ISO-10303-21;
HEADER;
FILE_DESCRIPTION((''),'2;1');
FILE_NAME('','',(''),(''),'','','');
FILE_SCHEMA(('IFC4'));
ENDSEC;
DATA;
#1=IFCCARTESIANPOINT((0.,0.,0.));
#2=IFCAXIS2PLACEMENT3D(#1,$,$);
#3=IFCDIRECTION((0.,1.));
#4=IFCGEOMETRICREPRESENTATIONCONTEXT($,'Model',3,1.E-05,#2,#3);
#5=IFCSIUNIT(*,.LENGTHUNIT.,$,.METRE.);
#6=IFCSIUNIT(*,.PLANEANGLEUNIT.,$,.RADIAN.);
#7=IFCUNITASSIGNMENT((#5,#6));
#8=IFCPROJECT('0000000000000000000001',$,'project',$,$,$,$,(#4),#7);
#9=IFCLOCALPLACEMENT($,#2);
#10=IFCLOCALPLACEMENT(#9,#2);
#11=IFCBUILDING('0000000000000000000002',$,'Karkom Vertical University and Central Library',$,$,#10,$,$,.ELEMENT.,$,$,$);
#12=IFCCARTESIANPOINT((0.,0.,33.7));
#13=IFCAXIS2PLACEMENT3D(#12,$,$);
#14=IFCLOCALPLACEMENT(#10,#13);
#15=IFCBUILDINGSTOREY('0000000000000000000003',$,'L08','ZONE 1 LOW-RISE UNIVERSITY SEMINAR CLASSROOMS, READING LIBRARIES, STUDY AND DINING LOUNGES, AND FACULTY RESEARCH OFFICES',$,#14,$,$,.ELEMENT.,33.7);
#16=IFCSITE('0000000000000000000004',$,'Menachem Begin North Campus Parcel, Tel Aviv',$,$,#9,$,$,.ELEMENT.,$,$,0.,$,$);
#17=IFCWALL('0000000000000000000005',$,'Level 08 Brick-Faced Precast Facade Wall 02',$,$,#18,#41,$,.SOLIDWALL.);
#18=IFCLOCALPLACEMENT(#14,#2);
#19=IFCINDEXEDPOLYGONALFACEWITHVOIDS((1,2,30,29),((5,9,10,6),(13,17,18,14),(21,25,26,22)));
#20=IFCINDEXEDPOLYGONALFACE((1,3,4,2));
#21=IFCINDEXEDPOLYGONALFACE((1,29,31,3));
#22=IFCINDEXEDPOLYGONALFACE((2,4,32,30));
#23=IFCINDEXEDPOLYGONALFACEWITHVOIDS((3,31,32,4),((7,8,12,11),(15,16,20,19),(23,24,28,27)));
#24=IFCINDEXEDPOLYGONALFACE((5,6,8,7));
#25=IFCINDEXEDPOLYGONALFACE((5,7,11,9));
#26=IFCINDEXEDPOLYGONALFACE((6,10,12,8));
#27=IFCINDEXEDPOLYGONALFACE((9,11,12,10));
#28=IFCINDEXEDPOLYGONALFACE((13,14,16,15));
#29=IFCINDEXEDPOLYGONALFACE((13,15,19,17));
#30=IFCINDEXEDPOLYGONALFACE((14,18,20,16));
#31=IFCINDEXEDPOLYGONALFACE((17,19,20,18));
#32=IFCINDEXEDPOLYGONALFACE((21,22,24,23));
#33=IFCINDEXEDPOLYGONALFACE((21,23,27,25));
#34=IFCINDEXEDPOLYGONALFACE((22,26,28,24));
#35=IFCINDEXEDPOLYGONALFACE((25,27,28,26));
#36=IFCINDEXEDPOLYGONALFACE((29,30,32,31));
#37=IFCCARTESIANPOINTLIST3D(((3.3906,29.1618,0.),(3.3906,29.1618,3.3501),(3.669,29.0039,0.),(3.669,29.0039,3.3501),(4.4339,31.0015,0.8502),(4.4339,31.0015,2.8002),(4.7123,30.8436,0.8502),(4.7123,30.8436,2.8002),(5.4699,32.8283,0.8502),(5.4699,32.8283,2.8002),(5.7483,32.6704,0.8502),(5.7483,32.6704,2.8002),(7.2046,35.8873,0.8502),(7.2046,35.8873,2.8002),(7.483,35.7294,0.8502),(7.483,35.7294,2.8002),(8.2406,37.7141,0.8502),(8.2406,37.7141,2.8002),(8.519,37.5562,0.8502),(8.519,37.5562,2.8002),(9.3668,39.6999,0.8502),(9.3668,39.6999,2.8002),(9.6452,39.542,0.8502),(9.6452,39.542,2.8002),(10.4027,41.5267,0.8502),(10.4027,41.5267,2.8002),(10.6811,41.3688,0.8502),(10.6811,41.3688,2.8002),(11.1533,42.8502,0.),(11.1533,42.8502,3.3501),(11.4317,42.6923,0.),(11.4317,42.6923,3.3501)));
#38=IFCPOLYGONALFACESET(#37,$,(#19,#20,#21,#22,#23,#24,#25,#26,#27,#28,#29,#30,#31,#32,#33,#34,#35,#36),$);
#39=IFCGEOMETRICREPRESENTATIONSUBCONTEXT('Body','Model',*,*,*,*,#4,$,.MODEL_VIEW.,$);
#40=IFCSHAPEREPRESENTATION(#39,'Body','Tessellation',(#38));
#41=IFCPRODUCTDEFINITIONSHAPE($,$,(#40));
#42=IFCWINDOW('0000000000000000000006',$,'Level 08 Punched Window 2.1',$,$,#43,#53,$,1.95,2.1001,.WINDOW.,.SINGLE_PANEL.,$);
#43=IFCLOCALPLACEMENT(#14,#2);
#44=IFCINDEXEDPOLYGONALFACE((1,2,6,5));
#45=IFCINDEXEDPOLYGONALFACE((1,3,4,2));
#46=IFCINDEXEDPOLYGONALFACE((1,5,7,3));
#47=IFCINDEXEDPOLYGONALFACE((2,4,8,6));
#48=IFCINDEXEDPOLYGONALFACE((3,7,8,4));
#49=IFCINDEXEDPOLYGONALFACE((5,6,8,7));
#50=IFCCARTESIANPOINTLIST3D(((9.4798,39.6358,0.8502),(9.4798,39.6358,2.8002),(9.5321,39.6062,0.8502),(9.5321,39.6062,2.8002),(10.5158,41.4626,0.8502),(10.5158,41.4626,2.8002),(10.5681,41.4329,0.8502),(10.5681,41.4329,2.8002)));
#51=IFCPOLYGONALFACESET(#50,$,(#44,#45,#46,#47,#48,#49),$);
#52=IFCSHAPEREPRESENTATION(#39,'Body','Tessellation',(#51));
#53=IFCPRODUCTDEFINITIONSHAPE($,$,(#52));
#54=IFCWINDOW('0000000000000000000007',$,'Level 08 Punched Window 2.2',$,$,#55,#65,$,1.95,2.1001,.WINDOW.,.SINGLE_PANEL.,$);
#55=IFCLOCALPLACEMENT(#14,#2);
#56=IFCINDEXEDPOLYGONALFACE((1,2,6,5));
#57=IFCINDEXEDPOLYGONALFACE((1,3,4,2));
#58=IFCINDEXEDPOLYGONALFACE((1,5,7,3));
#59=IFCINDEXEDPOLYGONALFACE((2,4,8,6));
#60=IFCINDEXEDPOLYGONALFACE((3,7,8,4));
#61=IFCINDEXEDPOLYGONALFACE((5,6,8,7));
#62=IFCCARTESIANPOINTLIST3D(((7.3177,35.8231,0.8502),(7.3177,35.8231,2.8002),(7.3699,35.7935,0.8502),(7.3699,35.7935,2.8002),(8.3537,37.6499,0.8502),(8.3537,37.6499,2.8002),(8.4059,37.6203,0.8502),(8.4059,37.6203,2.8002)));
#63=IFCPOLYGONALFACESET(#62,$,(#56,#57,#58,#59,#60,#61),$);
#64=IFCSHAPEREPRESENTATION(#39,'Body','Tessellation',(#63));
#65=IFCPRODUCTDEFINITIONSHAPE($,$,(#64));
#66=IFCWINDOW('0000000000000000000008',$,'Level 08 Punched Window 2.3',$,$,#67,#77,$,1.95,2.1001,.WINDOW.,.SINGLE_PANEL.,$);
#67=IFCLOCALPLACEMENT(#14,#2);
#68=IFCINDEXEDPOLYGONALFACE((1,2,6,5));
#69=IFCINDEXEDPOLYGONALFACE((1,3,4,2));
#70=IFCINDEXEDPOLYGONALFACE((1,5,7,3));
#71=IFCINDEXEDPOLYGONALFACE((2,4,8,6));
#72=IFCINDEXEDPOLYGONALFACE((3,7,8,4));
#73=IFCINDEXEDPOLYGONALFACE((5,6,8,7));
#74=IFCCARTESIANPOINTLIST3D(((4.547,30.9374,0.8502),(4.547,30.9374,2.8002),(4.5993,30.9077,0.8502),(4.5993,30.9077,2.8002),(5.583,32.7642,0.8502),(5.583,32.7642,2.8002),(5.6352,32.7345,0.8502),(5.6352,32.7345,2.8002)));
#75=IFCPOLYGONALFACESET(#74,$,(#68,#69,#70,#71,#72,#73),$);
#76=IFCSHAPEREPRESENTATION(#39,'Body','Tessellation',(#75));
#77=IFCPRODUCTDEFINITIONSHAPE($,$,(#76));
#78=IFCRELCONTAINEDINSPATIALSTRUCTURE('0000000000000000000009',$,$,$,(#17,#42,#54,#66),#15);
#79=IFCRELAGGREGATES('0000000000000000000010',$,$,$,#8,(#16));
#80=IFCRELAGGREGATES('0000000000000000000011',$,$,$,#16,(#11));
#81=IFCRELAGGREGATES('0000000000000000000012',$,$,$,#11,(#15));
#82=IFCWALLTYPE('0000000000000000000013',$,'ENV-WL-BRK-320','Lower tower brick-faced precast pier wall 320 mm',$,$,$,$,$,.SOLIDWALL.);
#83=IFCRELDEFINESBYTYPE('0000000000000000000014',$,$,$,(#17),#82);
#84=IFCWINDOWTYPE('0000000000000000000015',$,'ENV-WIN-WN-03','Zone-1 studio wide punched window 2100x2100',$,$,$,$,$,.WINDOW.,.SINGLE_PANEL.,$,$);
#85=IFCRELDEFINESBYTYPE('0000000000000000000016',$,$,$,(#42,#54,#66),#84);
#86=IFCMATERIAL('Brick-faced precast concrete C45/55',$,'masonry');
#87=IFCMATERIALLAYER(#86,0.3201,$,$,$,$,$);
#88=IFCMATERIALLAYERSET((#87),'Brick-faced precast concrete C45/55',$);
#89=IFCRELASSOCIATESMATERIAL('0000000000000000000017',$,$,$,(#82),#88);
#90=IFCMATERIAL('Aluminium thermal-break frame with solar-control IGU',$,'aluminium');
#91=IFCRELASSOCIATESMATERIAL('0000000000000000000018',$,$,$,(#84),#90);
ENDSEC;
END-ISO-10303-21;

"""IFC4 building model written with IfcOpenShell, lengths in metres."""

from ifc_helpers import new_model, si_unit, direction, frame, frame_2d, origin, origin_with_axes, place, context, subcontext, project, spatial, rectangle, extrude, source, transform, mapped, material, layer, layer_set, type_object, element, fill, save


model = new_model("IFC4")

# Units and contexts
model_context = context("Model", 3, precision=1e-05, world=origin(), true_north=direction((0.0, 1.0)))
body_context = subcontext(model_context, "Body", "Model", "MODEL_VIEW")
ifc_project = project(units=[si_unit("LENGTHUNIT", "METRE"), si_unit("PLANEANGLEUNIT", "RADIAN")], contexts=[model_context])

# Site, building, storey
site_placement = place(None, origin())
site = spatial("IfcSite", under=ifc_project, at=site_placement, Name="Menachem Begin North Campus Parcel, Tel Aviv", CompositionType="ELEMENT", RefElevation=0.0)
building_placement = place(site_placement, origin())
building = spatial("IfcBuilding", under=site, at=building_placement, Name="Karkom Vertical University and Central Library", CompositionType="ELEMENT")
storey_placement = place(building_placement, frame((0.0, 0.0, 33.7)))
storey = spatial("IfcBuildingStorey", under=building, at=storey_placement, Name="L08", Description="ZONE 1 LOW-RISE UNIVERSITY SEMINAR CLASSROOMS, READING LIBRARIES, STUDY AND DINING LOUNGES, AND FACULTY RESEARCH OFFICES", CompositionType="ELEMENT", Elevation=33.7)

# Wall, openings, windows
ifc_material_1 = material(Name="Brick-faced precast concrete C45/55", Category="masonry")
ifc_layer_1 = layer(ifc_material_1, 0.3201)
ifc_layer_set_1 = layer_set([ifc_layer_1], Name="Brick-faced precast concrete C45/55")
wall_type_1 = type_object("IfcWallType", Name="ENV-WL-BRK-320", Description="Lower tower brick-faced precast pier wall 320 mm", PredefinedType="SOLIDWALL", material=ifc_layer_set_1)
wall_1_placement = place(storey_placement, frame((11.2925, 42.7712, 0.0), z_axis=(0.0, 0.0, 1.0), x_axis=(-0.493296, -0.869862, 0.0)))
wall_1 = element("IfcWall", 1, at=wall_1_placement, inside=storey, type_object=wall_type_1, Name="Level 08 Brick-Faced Precast Facade Wall 02", PredefinedType="SOLIDWALL", context=body_context, shape_type="SweptSolid", body=[
    extrude(rectangle(XDim=15.7363, YDim=0.3201, at=frame_2d((7.8682, 0.0))), origin(), (0.0, 0.0, 1.0), 3.3501),
])
opening_1_placement = place(wall_1_placement, frame((1.5215, 0.0, 0.8501)))
opening_1 = element("IfcOpeningElement", 2, at=opening_1_placement, cuts=wall_1, PredefinedType="OPENING", context=body_context, shape_type="SweptSolid", body=[
    extrude(rectangle(XDim=2.1001, YDim=1.95, at=frame_2d((1.05, 0.9751))), frame((0.0, 0.1699, 0.0), z_axis=(0.0, -1.0, 0.0), x_axis=(1.0, 0.0, 0.0)), (0.0, 0.0, 1.0), 0.3401),
])
opening_2_placement = place(wall_1_placement, frame((5.9045, 0.0, 0.8501)))
opening_2 = element("IfcOpeningElement", 3, at=opening_2_placement, cuts=wall_1, PredefinedType="OPENING", context=body_context, shape_type="SweptSolid", body=[
    extrude(rectangle(XDim=2.1001, YDim=1.95, at=frame_2d((1.05, 0.9751))), frame((0.0, 0.1699, 0.0), z_axis=(0.0, -1.0, 0.0), x_axis=(1.0, 0.0, 0.0)), (0.0, 0.0, 1.0), 0.3401),
])
opening_3_placement = place(wall_1_placement, frame((11.5212, 0.0, 0.8501)))
opening_3 = element("IfcOpeningElement", 4, at=opening_3_placement, cuts=wall_1, PredefinedType="OPENING", context=body_context, shape_type="SweptSolid", body=[
    extrude(rectangle(XDim=2.1001, YDim=1.95, at=frame_2d((1.05, 0.9751))), frame((0.0, 0.1699, 0.0), z_axis=(0.0, -1.0, 0.0), x_axis=(1.0, 0.0, 0.0)), (0.0, 0.0, 1.0), 0.3401),
])
ifc_material_2 = material(Name="Aluminium thermal-break frame with solar-control IGU", Category="aluminium")
window_type = type_object("IfcWindowType", Name="ENV-WIN-WN-03", Description="Zone-1 studio wide punched window 2100x2100", PartitioningType="SINGLE_PANEL", PredefinedType="WINDOW", material=ifc_material_2)
shared_shape_1 = source(origin_with_axes(), body_context, "Body", "SweptSolid", [
    extrude(rectangle(XDim=2.1001, YDim=1.95, at=frame_2d((1.05, 0.9751))), frame((0.0, 0.03, 0.0), z_axis=(0.0, -1.0, 0.0), x_axis=(1.0, 0.0, 0.0)), (0.0, 0.0, 1.0), 0.0601),
])
window_1_placement = place(opening_1_placement, origin())
window_1 = element("IfcWindow", 5, at=window_1_placement, inside=storey, type_object=window_type, Name="Level 08 Punched Window 2.1", OverallHeight=1.95, OverallWidth=2.1001, PartitioningType="SINGLE_PANEL", PredefinedType="WINDOW", context=body_context, shape_type="MappedRepresentation", body=[
    mapped(shared_shape_1, transform((0.0, 0.0, 0.0), scale=1.0)),
])
fill(opening_1, window_1)
window_2_placement = place(opening_2_placement, origin())
window_2 = element("IfcWindow", 6, at=window_2_placement, inside=storey, type_object=window_type, Name="Level 08 Punched Window 2.2", OverallHeight=1.95, OverallWidth=2.1001, PartitioningType="SINGLE_PANEL", PredefinedType="WINDOW", context=body_context, shape_type="MappedRepresentation", body=[
    mapped(shared_shape_1, transform((0.0, 0.0, 0.0), scale=1.0)),
])
fill(opening_2, window_2)
window_3_placement = place(opening_3_placement, origin())
window_3 = element("IfcWindow", 7, at=window_3_placement, inside=storey, type_object=window_type, Name="Level 08 Punched Window 2.3", OverallHeight=1.95, OverallWidth=2.1001, PartitioningType="SINGLE_PANEL", PredefinedType="WINDOW", context=body_context, shape_type="MappedRepresentation", body=[
    mapped(shared_shape_1, transform((0.0, 0.0, 0.0), scale=1.0)),
])
fill(opening_3, window_3)

save(model, "model.ifc")
